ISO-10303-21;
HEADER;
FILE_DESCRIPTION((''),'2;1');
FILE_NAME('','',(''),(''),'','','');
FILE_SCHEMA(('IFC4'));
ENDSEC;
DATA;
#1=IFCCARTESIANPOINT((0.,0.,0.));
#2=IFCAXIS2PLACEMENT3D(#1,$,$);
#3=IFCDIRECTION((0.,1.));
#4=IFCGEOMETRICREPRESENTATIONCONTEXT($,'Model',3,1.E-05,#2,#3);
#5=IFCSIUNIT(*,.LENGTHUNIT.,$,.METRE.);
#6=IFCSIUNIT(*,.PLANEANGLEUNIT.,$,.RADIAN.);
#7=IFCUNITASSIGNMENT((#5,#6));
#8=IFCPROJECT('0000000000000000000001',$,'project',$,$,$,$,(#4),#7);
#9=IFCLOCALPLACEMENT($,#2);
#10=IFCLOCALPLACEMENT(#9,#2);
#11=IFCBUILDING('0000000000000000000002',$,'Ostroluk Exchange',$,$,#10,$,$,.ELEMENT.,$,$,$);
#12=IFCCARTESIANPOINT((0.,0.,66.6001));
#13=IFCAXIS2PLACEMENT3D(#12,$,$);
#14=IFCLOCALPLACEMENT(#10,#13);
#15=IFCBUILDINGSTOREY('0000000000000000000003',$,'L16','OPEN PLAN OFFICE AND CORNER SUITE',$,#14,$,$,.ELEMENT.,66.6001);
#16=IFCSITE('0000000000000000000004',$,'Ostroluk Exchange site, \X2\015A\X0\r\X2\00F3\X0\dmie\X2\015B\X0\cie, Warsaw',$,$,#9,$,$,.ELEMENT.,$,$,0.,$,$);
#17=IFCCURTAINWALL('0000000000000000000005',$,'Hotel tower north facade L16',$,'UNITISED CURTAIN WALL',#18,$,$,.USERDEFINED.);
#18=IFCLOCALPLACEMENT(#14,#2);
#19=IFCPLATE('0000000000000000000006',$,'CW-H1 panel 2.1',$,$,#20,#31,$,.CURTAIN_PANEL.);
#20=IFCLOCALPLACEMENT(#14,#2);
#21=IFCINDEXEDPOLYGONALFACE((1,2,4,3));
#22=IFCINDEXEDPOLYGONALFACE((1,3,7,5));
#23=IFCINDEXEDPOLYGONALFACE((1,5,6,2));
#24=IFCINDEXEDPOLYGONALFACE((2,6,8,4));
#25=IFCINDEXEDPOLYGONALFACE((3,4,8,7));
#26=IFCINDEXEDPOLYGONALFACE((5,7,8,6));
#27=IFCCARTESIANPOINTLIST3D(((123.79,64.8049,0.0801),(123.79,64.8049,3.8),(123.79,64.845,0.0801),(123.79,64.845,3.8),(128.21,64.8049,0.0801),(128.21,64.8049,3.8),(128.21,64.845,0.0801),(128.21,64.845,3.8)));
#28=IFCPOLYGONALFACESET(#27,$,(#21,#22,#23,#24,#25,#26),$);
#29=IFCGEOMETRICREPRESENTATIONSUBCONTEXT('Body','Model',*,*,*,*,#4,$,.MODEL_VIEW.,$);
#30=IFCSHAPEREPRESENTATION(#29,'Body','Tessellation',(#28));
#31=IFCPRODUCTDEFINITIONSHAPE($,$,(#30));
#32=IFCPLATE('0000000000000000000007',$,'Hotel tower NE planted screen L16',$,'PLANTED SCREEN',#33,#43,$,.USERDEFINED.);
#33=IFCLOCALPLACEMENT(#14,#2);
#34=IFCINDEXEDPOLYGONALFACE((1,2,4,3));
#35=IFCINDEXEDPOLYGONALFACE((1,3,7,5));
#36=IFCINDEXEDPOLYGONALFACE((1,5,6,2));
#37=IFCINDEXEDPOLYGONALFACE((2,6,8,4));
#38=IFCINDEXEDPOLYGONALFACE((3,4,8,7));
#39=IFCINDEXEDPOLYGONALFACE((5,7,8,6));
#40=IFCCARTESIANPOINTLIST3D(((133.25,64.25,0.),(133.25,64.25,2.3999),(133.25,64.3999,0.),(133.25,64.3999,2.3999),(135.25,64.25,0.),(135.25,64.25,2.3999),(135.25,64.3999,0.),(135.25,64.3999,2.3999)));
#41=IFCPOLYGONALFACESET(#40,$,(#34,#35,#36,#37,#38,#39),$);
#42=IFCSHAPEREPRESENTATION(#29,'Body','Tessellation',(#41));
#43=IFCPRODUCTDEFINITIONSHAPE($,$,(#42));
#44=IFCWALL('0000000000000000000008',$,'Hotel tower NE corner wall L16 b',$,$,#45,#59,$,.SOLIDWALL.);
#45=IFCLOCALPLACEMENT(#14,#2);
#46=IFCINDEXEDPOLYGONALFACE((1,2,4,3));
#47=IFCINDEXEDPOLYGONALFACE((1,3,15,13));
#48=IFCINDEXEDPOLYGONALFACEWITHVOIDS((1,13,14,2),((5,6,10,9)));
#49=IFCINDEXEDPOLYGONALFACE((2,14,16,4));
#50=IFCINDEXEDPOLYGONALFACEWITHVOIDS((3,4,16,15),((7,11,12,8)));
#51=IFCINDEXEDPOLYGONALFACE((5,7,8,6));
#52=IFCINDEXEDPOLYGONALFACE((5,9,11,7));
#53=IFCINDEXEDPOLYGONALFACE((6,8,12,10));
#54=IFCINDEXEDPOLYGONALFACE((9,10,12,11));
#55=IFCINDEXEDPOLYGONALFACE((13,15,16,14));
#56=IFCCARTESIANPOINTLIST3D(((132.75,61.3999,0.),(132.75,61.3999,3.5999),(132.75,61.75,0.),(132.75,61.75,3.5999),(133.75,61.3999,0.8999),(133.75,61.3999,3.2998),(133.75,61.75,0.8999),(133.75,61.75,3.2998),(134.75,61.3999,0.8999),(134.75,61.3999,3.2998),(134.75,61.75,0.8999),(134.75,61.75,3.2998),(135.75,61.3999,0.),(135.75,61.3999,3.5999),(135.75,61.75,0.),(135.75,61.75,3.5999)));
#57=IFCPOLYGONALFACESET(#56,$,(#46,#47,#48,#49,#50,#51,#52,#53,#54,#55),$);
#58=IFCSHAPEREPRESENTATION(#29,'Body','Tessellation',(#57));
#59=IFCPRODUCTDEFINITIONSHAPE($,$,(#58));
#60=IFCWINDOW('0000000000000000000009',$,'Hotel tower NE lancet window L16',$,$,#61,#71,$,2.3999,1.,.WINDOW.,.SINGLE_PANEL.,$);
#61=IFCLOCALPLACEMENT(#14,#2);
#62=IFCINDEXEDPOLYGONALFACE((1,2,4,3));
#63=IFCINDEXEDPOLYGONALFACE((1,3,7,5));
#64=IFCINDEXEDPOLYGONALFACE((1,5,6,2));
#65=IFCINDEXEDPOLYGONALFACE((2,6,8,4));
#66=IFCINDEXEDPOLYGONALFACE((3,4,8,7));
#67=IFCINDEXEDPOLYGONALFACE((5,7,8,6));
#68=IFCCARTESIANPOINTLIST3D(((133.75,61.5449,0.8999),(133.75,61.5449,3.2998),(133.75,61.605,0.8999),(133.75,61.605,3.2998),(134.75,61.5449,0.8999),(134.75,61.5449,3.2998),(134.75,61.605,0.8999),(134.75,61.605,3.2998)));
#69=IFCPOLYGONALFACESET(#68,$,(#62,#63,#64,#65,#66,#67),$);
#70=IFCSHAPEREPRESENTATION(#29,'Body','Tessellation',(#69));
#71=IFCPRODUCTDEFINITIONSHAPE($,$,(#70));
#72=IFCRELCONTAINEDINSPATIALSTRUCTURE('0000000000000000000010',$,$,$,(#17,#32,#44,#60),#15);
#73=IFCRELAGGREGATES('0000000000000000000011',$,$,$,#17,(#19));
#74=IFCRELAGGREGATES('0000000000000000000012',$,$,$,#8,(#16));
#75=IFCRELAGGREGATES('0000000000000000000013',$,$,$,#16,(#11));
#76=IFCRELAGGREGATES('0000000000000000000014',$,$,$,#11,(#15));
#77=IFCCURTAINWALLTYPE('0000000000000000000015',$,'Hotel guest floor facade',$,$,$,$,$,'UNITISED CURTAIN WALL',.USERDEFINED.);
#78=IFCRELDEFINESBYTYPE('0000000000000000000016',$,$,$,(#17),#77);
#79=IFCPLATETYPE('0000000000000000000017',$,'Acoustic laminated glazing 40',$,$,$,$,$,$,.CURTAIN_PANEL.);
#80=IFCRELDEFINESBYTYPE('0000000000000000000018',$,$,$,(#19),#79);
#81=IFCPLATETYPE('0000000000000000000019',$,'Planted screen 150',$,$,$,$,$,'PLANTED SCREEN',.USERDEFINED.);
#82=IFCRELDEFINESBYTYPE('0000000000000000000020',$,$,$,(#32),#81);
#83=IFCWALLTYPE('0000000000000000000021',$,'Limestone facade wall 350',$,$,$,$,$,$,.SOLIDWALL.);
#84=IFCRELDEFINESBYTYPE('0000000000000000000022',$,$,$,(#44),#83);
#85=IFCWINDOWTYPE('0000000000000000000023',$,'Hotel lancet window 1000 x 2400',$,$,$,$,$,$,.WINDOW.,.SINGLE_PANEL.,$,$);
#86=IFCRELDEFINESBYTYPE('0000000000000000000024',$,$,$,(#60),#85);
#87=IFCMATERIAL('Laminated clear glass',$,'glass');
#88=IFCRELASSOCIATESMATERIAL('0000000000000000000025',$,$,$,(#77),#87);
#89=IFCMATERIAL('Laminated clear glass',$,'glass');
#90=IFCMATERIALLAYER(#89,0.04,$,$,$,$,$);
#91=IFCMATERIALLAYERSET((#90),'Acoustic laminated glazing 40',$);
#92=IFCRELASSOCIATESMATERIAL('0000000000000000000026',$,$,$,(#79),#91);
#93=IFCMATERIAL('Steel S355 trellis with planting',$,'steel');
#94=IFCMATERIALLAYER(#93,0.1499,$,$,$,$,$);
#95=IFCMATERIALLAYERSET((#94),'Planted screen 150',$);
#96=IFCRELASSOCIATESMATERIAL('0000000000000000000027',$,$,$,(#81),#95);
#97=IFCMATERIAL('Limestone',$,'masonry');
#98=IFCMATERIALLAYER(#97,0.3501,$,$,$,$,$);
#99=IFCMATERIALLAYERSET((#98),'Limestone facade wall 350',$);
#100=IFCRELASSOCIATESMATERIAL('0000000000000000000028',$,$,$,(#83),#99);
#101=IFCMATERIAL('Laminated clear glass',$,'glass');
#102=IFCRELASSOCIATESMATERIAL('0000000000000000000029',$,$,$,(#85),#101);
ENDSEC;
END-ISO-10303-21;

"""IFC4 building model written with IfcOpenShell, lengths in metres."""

from ifc_helpers import new_model, si_unit, direction, frame, frame_2d, origin, origin_2d, place, context, subcontext, project, spatial, rectangle, extrude, material, layer, layer_set, type_object, element, fill, aggregate, save


model = new_model("IFC4")

# Units and contexts
model_context = context("Model", 3, precision=1e-05, world=origin(), true_north=direction((0.0, 1.0)))
body_context = subcontext(model_context, "Body", "Model", "MODEL_VIEW")
ifc_project = project(units=[si_unit("LENGTHUNIT", "METRE"), si_unit("PLANEANGLEUNIT", "RADIAN")], contexts=[model_context])

# Site, building, storey
site_placement = place(None, origin())
site = spatial("IfcSite", under=ifc_project, at=site_placement, Name="Ostroluk Exchange site, Śródmieście, Warsaw", CompositionType="ELEMENT", RefElevation=0.0)
building_placement = place(site_placement, origin())
building = spatial("IfcBuilding", under=site, at=building_placement, Name="Ostroluk Exchange", CompositionType="ELEMENT")
storey_placement = place(building_placement, frame((0.0, 0.0, 66.6001)))
storey = spatial("IfcBuildingStorey", under=building, at=storey_placement, Name="L16", Description="OPEN PLAN OFFICE AND CORNER SUITE", CompositionType="ELEMENT", Elevation=66.6001)

# Curtain wall
ifc_material_1 = material(Name="Laminated clear glass", Category="glass")
curtain_wall_type = type_object("IfcCurtainWallType", Name="Hotel guest floor facade", ElementType="UNITISED CURTAIN WALL", PredefinedType="USERDEFINED", material=ifc_material_1)
curtain_wall_1_placement = place(storey_placement, origin())
curtain_wall_1 = element("IfcCurtainWall", 1, at=curtain_wall_1_placement, inside=storey, type_object=curtain_wall_type, Name="Hotel tower north facade L16", ObjectType="UNITISED CURTAIN WALL", PredefinedType="USERDEFINED")

# Plates
ifc_material_2 = material(Name="Laminated clear glass", Category="glass")
ifc_layer_1 = layer(ifc_material_2, 0.04)
ifc_layer_set_1 = layer_set([ifc_layer_1], Name="Acoustic laminated glazing 40")
plate_type_1 = type_object("IfcPlateType", Name="Acoustic laminated glazing 40", PredefinedType="CURTAIN_PANEL", material=ifc_layer_set_1)
plate_1_placement = place(storey_placement, frame((126.0, 64.825, 0.0801), z_axis=(0.0, 0.0, 1.0), x_axis=(-1.0, 0.0, 0.0)))
plate_1 = element("IfcPlate", 2, at=plate_1_placement, type_object=plate_type_1, Name="CW-H1 panel 2.1", PredefinedType="CURTAIN_PANEL", context=body_context, shape_type="SweptSolid", body=[
    extrude(rectangle(XDim=4.4199, YDim=0.04, at=origin_2d()), origin(), (0.0, 0.0, 1.0), 3.72),
])
aggregate(curtain_wall_1, [plate_1])
ifc_material_3 = material(Name="Steel S355 trellis with planting", Category="steel")
ifc_layer_2 = layer(ifc_material_3, 0.1499)
ifc_layer_set_2 = layer_set([ifc_layer_2], Name="Planted screen 150")
plate_type_2 = type_object("IfcPlateType", Name="Planted screen 150", ElementType="PLANTED SCREEN", PredefinedType="USERDEFINED", material=ifc_layer_set_2)
plate_2_placement = place(storey_placement, frame((134.25, 64.325, 0.0), z_axis=(0.0, 0.0, 1.0), x_axis=(1.0, 0.0, 0.0)))
element("IfcPlate", 3, at=plate_2_placement, inside=storey, type_object=plate_type_2, Name="Hotel tower NE planted screen L16", ObjectType="PLANTED SCREEN", PredefinedType="USERDEFINED", context=body_context, shape_type="SweptSolid", body=[
    extrude(rectangle(XDim=2.0, YDim=0.1499, at=origin_2d()), origin(), (0.0, 0.0, 1.0), 2.3999),
])

# Shared definitions
ifc_material_4 = material(Name="Limestone", Category="masonry")
ifc_layer_3 = layer(ifc_material_4, 0.3501)
ifc_layer_set_3 = layer_set([ifc_layer_3], Name="Limestone facade wall 350")
wall_type = type_object("IfcWallType", Name="Limestone facade wall 350", PredefinedType="SOLIDWALL", material=ifc_layer_set_3)

# Wall, opening, window
wall_1_placement = place(storey_placement, frame((132.75, 61.575, 0.0), z_axis=(0.0, 0.0, 1.0), x_axis=(1.0, 0.0, 0.0)))
wall_1 = element("IfcWall", 4, at=wall_1_placement, inside=storey, type_object=wall_type, Name="Hotel tower NE corner wall L16 b", PredefinedType="SOLIDWALL", context=body_context, shape_type="SweptSolid", body=[
    extrude(rectangle(XDim=3.0, YDim=0.3501, at=frame_2d((1.5, 0.0))), origin(), (0.0, 0.0, 1.0), 3.5999),
])
opening_1_placement = place(wall_1_placement, frame((1.0, 0.0, 0.8999)))
opening_1 = element("IfcOpeningElement", 5, at=opening_1_placement, cuts=wall_1, PredefinedType="OPENING", context=body_context, shape_type="SweptSolid", body=[
    extrude(rectangle(XDim=1.0, YDim=2.3999, at=frame_2d((0.5, 1.2))), frame((0.0, 0.1851, 0.0), z_axis=(0.0, -1.0, 0.0), x_axis=(1.0, 0.0, 0.0)), (0.0, 0.0, 1.0), 0.3701),
])
ifc_material_5 = material(Name="Laminated clear glass", Category="glass")
window_type = type_object("IfcWindowType", Name="Hotel lancet window 1000 x 2400", PartitioningType="SINGLE_PANEL", PredefinedType="WINDOW", material=ifc_material_5)
window_placement = place(opening_1_placement, origin())
window = element("IfcWindow", 6, at=window_placement, inside=storey, type_object=window_type, Name="Hotel tower NE lancet window L16", OverallHeight=2.3999, OverallWidth=1.0, PartitioningType="SINGLE_PANEL", PredefinedType="WINDOW", context=body_context, shape_type="SweptSolid", body=[
    extrude(rectangle(XDim=1.0, YDim=2.3999, at=frame_2d((0.5, 1.2))), frame((0.0, 0.03, 0.0), z_axis=(0.0, -1.0, 0.0), x_axis=(1.0, 0.0, 0.0)), (0.0, 0.0, 1.0), 0.0601),
])
fill(opening_1, window)

save(model, "model.ifc")
